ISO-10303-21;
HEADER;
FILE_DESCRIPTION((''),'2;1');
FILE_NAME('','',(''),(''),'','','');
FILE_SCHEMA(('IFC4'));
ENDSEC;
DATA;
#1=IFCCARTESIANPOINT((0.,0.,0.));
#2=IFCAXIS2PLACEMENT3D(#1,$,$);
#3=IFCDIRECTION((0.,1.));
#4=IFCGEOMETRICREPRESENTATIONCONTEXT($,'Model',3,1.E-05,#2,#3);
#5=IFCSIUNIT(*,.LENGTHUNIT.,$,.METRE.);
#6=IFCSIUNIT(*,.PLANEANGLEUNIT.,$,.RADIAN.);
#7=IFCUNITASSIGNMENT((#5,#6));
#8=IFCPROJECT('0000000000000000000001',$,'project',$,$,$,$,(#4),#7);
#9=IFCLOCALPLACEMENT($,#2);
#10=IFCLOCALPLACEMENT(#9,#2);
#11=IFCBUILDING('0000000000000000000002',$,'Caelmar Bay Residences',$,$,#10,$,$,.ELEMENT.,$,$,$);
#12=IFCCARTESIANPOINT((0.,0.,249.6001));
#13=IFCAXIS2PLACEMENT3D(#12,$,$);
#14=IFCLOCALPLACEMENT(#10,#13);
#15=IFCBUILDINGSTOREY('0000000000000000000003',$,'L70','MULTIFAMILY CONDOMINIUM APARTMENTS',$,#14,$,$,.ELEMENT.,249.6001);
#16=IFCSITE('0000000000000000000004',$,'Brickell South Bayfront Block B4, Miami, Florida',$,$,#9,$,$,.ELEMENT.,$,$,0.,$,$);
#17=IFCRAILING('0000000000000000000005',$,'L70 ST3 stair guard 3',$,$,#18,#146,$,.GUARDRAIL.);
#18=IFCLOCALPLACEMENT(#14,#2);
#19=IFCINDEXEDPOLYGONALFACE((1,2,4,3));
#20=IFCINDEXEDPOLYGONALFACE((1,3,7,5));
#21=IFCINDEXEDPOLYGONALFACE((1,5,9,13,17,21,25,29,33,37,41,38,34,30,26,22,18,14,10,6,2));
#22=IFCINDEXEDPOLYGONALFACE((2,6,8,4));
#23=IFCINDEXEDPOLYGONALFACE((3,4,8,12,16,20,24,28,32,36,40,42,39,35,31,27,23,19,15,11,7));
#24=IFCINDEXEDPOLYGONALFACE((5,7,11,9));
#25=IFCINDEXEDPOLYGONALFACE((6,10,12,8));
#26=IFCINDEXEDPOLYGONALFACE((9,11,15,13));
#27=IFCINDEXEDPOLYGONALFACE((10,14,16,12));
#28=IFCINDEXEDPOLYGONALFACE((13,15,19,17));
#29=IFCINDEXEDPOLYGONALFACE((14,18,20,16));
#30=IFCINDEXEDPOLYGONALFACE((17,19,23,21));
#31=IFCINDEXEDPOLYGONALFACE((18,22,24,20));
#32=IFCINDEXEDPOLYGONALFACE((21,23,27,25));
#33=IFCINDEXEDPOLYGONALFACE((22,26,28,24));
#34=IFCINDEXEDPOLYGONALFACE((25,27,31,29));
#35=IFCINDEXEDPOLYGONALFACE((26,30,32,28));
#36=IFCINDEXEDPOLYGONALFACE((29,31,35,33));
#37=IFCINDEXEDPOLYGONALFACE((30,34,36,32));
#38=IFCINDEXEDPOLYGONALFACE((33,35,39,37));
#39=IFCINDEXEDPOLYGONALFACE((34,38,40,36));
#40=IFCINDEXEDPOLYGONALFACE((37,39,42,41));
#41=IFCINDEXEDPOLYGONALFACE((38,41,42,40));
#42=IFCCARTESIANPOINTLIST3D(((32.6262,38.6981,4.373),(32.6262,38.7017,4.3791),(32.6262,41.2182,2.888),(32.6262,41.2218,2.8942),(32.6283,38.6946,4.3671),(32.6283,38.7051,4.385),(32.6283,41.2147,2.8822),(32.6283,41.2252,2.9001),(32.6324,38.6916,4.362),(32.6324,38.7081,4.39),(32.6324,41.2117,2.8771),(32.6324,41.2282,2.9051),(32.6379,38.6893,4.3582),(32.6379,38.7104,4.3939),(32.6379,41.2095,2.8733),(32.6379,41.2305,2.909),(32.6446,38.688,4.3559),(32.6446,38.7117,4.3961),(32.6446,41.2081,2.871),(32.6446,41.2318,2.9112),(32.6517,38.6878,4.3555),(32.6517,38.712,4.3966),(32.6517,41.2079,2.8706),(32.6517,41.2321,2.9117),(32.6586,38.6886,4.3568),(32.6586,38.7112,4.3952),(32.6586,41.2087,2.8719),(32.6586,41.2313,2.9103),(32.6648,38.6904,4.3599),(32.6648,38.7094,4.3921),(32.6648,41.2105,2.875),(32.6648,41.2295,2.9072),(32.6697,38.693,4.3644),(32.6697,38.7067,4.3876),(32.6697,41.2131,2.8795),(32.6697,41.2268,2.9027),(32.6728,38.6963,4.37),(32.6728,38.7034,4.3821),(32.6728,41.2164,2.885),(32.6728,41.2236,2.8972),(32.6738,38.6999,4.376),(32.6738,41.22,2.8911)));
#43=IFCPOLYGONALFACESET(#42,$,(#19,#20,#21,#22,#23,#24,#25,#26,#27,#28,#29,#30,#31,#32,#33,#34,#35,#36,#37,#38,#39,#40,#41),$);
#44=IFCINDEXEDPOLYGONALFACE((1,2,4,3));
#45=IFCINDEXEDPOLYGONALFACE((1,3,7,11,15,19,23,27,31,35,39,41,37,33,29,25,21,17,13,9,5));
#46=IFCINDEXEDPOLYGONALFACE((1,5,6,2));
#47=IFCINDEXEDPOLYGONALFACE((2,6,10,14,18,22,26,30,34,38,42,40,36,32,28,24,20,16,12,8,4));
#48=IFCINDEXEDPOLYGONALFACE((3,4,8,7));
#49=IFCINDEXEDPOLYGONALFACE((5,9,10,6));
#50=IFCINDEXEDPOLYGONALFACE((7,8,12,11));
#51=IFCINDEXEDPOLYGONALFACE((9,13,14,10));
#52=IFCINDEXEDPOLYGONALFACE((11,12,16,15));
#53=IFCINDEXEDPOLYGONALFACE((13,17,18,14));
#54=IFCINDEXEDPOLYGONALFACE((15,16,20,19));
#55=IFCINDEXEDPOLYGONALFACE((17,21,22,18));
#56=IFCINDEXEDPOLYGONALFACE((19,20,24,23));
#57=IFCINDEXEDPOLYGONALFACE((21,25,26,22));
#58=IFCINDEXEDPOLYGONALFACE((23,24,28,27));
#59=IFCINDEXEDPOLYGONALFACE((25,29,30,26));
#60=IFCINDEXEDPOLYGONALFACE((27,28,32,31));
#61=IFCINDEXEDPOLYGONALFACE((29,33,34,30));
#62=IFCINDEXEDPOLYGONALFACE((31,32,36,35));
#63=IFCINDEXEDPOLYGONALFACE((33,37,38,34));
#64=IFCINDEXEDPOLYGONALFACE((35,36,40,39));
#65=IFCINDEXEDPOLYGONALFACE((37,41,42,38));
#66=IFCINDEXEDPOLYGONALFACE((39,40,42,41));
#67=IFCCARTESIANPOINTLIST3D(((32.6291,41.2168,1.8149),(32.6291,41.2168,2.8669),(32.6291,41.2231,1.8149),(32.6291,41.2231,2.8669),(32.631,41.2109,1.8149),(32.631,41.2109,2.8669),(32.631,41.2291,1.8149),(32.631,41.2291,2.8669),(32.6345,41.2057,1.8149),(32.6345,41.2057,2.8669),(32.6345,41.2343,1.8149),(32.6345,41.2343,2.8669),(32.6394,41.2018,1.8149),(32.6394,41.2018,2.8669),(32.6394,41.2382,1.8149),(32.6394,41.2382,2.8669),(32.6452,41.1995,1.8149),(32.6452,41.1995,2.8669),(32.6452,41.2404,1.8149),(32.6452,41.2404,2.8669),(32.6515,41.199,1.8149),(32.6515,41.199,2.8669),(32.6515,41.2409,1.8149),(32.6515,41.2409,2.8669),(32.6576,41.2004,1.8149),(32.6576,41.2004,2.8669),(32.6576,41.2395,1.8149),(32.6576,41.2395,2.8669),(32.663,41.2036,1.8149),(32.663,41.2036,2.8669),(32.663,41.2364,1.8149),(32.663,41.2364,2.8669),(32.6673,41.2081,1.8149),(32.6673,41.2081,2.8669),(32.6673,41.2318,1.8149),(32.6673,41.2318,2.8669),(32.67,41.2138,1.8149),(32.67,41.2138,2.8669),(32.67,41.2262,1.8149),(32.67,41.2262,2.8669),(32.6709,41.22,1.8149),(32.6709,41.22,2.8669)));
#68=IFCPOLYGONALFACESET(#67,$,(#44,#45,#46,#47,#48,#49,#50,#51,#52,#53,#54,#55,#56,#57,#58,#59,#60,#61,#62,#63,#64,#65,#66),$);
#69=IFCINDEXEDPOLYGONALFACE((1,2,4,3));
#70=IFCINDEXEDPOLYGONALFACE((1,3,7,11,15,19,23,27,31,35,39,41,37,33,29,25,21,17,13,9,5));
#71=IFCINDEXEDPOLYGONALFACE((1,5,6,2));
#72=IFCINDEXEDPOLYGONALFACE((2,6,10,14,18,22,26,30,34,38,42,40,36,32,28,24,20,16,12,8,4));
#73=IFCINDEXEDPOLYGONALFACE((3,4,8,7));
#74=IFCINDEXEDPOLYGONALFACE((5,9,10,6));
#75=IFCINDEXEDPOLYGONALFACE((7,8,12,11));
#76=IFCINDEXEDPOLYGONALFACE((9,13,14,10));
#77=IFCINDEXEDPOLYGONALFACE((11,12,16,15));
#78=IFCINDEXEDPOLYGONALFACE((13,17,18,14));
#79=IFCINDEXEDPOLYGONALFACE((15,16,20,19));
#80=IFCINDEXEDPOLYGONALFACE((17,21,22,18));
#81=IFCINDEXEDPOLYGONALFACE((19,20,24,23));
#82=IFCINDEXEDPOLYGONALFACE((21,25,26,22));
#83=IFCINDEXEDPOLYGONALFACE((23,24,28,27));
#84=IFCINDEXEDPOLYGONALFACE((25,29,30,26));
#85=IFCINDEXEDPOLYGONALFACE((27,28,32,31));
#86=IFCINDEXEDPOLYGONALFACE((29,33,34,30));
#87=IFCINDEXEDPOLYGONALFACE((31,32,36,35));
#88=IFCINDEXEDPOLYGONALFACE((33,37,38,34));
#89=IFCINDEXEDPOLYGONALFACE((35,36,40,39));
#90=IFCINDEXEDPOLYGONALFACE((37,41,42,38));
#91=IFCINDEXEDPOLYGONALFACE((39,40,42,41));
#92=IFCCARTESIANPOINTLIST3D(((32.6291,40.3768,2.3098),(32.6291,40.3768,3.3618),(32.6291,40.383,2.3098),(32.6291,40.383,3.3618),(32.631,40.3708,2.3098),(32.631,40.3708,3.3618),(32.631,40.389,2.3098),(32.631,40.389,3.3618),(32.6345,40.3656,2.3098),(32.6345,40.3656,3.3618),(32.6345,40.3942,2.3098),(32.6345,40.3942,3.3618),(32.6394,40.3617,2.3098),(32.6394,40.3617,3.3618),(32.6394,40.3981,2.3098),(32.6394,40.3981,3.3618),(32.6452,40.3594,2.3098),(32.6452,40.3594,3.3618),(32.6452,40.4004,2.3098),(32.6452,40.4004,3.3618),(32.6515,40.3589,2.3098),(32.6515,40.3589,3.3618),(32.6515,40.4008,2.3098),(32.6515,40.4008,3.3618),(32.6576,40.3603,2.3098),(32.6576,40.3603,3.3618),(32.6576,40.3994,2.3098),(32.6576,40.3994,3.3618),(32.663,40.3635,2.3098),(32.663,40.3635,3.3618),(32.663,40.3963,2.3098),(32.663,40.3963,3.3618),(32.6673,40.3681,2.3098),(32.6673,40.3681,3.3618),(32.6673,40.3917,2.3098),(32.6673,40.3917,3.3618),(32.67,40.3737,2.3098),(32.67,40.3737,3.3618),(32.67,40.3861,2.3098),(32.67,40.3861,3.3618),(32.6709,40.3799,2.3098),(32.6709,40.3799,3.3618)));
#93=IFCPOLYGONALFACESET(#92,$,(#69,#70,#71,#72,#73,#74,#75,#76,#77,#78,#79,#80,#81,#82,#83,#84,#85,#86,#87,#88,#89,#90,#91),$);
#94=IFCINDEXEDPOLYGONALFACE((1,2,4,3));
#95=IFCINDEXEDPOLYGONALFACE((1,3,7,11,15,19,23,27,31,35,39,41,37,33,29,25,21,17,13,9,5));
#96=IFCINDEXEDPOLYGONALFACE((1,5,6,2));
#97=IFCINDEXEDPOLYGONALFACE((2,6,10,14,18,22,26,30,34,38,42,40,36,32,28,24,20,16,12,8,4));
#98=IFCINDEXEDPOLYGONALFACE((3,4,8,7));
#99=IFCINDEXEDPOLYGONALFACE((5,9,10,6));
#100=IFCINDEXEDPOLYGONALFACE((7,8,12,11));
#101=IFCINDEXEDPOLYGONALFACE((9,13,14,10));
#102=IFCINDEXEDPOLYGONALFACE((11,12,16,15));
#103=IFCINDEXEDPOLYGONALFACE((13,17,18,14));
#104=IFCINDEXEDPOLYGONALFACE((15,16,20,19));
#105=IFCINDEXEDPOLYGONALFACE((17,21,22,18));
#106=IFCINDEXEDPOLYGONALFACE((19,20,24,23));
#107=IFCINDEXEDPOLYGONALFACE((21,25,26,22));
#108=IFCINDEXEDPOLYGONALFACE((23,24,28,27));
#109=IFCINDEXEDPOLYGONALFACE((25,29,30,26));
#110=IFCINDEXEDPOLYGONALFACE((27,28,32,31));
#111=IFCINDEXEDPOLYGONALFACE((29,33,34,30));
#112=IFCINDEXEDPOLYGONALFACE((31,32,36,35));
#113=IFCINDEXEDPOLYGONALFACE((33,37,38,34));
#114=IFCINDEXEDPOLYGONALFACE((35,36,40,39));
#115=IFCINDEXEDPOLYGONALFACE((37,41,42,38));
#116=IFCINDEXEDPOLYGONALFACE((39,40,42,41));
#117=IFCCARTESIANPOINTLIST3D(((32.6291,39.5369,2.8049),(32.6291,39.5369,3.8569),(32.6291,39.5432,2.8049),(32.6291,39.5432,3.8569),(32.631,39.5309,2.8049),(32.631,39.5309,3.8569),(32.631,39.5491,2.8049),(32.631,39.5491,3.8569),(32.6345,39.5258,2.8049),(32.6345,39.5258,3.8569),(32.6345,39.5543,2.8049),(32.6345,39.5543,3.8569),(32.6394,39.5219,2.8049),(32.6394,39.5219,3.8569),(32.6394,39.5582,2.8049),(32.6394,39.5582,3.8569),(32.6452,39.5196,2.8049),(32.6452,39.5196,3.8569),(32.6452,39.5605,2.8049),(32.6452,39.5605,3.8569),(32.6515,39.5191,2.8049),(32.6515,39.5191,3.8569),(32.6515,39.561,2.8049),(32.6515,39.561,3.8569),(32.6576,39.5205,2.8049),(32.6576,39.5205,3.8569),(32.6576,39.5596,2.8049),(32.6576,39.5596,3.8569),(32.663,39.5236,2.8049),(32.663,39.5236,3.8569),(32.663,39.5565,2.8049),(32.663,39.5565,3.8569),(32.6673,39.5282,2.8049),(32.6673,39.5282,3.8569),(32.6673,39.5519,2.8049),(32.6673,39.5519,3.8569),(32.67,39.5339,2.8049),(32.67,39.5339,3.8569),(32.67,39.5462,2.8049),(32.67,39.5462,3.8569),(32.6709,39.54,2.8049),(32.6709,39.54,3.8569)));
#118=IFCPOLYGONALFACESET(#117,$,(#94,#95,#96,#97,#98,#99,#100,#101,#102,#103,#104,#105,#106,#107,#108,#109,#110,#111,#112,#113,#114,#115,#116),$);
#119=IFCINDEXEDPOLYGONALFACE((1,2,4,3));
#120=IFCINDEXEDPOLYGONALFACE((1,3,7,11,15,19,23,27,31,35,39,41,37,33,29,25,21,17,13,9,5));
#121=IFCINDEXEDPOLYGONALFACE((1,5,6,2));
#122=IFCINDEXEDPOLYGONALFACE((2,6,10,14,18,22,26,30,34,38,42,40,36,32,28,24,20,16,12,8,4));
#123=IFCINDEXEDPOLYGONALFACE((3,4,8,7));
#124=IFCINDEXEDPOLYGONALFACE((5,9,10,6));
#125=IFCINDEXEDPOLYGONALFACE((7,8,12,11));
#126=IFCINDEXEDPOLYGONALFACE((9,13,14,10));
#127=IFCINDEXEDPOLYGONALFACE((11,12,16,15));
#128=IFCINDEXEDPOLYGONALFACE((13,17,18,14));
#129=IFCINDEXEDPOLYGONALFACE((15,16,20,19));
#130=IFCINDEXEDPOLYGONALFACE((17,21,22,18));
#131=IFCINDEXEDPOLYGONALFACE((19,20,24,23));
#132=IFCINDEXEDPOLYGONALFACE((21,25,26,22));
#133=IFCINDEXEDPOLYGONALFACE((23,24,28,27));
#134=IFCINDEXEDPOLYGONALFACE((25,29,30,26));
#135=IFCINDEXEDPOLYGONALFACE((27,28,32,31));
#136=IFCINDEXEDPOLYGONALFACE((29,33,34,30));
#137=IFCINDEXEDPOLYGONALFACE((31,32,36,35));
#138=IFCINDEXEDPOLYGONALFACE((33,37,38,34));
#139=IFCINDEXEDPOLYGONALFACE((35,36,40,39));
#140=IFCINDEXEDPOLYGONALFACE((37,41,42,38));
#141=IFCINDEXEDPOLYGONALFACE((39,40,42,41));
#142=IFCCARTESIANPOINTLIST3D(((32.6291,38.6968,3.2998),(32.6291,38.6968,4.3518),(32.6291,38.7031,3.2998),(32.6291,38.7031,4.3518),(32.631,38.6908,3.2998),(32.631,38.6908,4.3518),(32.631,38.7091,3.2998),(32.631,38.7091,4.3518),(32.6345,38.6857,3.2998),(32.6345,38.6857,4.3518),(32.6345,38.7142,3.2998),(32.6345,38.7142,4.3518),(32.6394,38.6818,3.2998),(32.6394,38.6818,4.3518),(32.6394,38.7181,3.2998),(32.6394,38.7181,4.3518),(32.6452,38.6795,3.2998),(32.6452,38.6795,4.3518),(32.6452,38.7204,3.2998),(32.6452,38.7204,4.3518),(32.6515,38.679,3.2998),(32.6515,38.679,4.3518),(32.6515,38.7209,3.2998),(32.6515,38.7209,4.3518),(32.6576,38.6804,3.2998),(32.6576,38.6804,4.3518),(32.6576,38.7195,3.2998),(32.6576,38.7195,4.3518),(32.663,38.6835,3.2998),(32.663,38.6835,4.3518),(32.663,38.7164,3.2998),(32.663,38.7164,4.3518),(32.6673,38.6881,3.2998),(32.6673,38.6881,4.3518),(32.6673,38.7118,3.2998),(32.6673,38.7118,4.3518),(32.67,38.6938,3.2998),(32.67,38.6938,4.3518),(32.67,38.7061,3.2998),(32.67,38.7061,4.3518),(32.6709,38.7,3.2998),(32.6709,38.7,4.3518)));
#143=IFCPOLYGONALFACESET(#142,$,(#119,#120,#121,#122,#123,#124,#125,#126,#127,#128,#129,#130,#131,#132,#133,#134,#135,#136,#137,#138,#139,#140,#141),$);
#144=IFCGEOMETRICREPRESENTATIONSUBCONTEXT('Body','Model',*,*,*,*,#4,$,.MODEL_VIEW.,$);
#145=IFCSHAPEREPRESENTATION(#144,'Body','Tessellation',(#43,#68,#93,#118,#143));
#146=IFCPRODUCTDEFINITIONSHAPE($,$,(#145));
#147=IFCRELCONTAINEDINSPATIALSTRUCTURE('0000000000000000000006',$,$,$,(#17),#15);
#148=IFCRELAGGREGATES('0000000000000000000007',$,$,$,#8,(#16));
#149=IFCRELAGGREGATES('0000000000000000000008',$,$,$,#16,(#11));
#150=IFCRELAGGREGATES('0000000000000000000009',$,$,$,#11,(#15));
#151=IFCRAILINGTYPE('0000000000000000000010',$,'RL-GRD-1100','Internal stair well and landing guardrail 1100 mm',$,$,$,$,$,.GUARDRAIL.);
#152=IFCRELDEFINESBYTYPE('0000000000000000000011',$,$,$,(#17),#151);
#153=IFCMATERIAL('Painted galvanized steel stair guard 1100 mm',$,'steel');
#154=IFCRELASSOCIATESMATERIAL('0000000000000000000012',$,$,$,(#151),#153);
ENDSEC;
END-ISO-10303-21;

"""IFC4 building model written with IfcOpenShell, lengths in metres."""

from ifc_helpers import new_model, si_unit, direction, frame, origin, origin_2d, place, context, subcontext, project, spatial, circle, extrude, material, type_object, element, save


model = new_model("IFC4")

# Units and contexts
model_context = context("Model", 3, precision=1e-05, world=origin(), true_north=direction((0.0, 1.0)))
body_context = subcontext(model_context, "Body", "Model", "MODEL_VIEW")
ifc_project = project(units=[si_unit("LENGTHUNIT", "METRE"), si_unit("PLANEANGLEUNIT", "RADIAN")], contexts=[model_context])

# Site, building, storey
site_placement = place(None, origin())
site = spatial("IfcSite", under=ifc_project, at=site_placement, Name="Brickell South Bayfront Block B4, Miami, Florida", CompositionType="ELEMENT", RefElevation=0.0)
building_placement = place(site_placement, origin())
building = spatial("IfcBuilding", under=site, at=building_placement, Name="Caelmar Bay Residences", CompositionType="ELEMENT")
storey_placement = place(building_placement, frame((0.0, 0.0, 249.6001)))
storey = spatial("IfcBuildingStorey", under=building, at=storey_placement, Name="L70", Description="MULTIFAMILY CONDOMINIUM APARTMENTS", CompositionType="ELEMENT", Elevation=249.6001)

# Railing
ifc_material_1 = material(Name="Painted galvanized steel stair guard 1100 mm", Category="steel")
railing_type_1 = type_object("IfcRailingType", Name="RL-GRD-1100", Description="Internal stair well and landing guardrail 1100 mm", PredefinedType="GUARDRAIL", material=ifc_material_1)
railing_1_placement = place(storey_placement, frame((32.6499, 41.22, 1.8149)))
element("IfcRailing", 1, at=railing_1_placement, inside=storey, type_object=railing_type_1, Name="L70 ST3 stair guard 3", PredefinedType="GUARDRAIL", context=body_context, shape_type="SweptSolid", body=[
    extrude(circle(Radius=0.0239, at=origin_2d()), frame((0.0, 0.0, 1.0762), z_axis=(0.0, -0.861561, 0.507655), x_axis=(1.0, 0.0, 0.0)), (0.0, 0.0, 1.0), 2.925),
    extrude(circle(Radius=0.021, at=origin_2d()), origin(), (0.0, 0.0, 1.0), 1.052),
    extrude(circle(Radius=0.021, at=origin_2d()), frame((0.0, -0.8401, 0.4949)), (0.0, 0.0, 1.0), 1.052),
    extrude(circle(Radius=0.021, at=origin_2d()), frame((0.0, -1.6799, 0.99)), (0.0, 0.0, 1.0), 1.052),
    extrude(circle(Radius=0.021, at=origin_2d()), frame((0.0, -2.52, 1.4849)), (0.0, 0.0, 1.0), 1.052),
])

save(model, "model.ifc")
